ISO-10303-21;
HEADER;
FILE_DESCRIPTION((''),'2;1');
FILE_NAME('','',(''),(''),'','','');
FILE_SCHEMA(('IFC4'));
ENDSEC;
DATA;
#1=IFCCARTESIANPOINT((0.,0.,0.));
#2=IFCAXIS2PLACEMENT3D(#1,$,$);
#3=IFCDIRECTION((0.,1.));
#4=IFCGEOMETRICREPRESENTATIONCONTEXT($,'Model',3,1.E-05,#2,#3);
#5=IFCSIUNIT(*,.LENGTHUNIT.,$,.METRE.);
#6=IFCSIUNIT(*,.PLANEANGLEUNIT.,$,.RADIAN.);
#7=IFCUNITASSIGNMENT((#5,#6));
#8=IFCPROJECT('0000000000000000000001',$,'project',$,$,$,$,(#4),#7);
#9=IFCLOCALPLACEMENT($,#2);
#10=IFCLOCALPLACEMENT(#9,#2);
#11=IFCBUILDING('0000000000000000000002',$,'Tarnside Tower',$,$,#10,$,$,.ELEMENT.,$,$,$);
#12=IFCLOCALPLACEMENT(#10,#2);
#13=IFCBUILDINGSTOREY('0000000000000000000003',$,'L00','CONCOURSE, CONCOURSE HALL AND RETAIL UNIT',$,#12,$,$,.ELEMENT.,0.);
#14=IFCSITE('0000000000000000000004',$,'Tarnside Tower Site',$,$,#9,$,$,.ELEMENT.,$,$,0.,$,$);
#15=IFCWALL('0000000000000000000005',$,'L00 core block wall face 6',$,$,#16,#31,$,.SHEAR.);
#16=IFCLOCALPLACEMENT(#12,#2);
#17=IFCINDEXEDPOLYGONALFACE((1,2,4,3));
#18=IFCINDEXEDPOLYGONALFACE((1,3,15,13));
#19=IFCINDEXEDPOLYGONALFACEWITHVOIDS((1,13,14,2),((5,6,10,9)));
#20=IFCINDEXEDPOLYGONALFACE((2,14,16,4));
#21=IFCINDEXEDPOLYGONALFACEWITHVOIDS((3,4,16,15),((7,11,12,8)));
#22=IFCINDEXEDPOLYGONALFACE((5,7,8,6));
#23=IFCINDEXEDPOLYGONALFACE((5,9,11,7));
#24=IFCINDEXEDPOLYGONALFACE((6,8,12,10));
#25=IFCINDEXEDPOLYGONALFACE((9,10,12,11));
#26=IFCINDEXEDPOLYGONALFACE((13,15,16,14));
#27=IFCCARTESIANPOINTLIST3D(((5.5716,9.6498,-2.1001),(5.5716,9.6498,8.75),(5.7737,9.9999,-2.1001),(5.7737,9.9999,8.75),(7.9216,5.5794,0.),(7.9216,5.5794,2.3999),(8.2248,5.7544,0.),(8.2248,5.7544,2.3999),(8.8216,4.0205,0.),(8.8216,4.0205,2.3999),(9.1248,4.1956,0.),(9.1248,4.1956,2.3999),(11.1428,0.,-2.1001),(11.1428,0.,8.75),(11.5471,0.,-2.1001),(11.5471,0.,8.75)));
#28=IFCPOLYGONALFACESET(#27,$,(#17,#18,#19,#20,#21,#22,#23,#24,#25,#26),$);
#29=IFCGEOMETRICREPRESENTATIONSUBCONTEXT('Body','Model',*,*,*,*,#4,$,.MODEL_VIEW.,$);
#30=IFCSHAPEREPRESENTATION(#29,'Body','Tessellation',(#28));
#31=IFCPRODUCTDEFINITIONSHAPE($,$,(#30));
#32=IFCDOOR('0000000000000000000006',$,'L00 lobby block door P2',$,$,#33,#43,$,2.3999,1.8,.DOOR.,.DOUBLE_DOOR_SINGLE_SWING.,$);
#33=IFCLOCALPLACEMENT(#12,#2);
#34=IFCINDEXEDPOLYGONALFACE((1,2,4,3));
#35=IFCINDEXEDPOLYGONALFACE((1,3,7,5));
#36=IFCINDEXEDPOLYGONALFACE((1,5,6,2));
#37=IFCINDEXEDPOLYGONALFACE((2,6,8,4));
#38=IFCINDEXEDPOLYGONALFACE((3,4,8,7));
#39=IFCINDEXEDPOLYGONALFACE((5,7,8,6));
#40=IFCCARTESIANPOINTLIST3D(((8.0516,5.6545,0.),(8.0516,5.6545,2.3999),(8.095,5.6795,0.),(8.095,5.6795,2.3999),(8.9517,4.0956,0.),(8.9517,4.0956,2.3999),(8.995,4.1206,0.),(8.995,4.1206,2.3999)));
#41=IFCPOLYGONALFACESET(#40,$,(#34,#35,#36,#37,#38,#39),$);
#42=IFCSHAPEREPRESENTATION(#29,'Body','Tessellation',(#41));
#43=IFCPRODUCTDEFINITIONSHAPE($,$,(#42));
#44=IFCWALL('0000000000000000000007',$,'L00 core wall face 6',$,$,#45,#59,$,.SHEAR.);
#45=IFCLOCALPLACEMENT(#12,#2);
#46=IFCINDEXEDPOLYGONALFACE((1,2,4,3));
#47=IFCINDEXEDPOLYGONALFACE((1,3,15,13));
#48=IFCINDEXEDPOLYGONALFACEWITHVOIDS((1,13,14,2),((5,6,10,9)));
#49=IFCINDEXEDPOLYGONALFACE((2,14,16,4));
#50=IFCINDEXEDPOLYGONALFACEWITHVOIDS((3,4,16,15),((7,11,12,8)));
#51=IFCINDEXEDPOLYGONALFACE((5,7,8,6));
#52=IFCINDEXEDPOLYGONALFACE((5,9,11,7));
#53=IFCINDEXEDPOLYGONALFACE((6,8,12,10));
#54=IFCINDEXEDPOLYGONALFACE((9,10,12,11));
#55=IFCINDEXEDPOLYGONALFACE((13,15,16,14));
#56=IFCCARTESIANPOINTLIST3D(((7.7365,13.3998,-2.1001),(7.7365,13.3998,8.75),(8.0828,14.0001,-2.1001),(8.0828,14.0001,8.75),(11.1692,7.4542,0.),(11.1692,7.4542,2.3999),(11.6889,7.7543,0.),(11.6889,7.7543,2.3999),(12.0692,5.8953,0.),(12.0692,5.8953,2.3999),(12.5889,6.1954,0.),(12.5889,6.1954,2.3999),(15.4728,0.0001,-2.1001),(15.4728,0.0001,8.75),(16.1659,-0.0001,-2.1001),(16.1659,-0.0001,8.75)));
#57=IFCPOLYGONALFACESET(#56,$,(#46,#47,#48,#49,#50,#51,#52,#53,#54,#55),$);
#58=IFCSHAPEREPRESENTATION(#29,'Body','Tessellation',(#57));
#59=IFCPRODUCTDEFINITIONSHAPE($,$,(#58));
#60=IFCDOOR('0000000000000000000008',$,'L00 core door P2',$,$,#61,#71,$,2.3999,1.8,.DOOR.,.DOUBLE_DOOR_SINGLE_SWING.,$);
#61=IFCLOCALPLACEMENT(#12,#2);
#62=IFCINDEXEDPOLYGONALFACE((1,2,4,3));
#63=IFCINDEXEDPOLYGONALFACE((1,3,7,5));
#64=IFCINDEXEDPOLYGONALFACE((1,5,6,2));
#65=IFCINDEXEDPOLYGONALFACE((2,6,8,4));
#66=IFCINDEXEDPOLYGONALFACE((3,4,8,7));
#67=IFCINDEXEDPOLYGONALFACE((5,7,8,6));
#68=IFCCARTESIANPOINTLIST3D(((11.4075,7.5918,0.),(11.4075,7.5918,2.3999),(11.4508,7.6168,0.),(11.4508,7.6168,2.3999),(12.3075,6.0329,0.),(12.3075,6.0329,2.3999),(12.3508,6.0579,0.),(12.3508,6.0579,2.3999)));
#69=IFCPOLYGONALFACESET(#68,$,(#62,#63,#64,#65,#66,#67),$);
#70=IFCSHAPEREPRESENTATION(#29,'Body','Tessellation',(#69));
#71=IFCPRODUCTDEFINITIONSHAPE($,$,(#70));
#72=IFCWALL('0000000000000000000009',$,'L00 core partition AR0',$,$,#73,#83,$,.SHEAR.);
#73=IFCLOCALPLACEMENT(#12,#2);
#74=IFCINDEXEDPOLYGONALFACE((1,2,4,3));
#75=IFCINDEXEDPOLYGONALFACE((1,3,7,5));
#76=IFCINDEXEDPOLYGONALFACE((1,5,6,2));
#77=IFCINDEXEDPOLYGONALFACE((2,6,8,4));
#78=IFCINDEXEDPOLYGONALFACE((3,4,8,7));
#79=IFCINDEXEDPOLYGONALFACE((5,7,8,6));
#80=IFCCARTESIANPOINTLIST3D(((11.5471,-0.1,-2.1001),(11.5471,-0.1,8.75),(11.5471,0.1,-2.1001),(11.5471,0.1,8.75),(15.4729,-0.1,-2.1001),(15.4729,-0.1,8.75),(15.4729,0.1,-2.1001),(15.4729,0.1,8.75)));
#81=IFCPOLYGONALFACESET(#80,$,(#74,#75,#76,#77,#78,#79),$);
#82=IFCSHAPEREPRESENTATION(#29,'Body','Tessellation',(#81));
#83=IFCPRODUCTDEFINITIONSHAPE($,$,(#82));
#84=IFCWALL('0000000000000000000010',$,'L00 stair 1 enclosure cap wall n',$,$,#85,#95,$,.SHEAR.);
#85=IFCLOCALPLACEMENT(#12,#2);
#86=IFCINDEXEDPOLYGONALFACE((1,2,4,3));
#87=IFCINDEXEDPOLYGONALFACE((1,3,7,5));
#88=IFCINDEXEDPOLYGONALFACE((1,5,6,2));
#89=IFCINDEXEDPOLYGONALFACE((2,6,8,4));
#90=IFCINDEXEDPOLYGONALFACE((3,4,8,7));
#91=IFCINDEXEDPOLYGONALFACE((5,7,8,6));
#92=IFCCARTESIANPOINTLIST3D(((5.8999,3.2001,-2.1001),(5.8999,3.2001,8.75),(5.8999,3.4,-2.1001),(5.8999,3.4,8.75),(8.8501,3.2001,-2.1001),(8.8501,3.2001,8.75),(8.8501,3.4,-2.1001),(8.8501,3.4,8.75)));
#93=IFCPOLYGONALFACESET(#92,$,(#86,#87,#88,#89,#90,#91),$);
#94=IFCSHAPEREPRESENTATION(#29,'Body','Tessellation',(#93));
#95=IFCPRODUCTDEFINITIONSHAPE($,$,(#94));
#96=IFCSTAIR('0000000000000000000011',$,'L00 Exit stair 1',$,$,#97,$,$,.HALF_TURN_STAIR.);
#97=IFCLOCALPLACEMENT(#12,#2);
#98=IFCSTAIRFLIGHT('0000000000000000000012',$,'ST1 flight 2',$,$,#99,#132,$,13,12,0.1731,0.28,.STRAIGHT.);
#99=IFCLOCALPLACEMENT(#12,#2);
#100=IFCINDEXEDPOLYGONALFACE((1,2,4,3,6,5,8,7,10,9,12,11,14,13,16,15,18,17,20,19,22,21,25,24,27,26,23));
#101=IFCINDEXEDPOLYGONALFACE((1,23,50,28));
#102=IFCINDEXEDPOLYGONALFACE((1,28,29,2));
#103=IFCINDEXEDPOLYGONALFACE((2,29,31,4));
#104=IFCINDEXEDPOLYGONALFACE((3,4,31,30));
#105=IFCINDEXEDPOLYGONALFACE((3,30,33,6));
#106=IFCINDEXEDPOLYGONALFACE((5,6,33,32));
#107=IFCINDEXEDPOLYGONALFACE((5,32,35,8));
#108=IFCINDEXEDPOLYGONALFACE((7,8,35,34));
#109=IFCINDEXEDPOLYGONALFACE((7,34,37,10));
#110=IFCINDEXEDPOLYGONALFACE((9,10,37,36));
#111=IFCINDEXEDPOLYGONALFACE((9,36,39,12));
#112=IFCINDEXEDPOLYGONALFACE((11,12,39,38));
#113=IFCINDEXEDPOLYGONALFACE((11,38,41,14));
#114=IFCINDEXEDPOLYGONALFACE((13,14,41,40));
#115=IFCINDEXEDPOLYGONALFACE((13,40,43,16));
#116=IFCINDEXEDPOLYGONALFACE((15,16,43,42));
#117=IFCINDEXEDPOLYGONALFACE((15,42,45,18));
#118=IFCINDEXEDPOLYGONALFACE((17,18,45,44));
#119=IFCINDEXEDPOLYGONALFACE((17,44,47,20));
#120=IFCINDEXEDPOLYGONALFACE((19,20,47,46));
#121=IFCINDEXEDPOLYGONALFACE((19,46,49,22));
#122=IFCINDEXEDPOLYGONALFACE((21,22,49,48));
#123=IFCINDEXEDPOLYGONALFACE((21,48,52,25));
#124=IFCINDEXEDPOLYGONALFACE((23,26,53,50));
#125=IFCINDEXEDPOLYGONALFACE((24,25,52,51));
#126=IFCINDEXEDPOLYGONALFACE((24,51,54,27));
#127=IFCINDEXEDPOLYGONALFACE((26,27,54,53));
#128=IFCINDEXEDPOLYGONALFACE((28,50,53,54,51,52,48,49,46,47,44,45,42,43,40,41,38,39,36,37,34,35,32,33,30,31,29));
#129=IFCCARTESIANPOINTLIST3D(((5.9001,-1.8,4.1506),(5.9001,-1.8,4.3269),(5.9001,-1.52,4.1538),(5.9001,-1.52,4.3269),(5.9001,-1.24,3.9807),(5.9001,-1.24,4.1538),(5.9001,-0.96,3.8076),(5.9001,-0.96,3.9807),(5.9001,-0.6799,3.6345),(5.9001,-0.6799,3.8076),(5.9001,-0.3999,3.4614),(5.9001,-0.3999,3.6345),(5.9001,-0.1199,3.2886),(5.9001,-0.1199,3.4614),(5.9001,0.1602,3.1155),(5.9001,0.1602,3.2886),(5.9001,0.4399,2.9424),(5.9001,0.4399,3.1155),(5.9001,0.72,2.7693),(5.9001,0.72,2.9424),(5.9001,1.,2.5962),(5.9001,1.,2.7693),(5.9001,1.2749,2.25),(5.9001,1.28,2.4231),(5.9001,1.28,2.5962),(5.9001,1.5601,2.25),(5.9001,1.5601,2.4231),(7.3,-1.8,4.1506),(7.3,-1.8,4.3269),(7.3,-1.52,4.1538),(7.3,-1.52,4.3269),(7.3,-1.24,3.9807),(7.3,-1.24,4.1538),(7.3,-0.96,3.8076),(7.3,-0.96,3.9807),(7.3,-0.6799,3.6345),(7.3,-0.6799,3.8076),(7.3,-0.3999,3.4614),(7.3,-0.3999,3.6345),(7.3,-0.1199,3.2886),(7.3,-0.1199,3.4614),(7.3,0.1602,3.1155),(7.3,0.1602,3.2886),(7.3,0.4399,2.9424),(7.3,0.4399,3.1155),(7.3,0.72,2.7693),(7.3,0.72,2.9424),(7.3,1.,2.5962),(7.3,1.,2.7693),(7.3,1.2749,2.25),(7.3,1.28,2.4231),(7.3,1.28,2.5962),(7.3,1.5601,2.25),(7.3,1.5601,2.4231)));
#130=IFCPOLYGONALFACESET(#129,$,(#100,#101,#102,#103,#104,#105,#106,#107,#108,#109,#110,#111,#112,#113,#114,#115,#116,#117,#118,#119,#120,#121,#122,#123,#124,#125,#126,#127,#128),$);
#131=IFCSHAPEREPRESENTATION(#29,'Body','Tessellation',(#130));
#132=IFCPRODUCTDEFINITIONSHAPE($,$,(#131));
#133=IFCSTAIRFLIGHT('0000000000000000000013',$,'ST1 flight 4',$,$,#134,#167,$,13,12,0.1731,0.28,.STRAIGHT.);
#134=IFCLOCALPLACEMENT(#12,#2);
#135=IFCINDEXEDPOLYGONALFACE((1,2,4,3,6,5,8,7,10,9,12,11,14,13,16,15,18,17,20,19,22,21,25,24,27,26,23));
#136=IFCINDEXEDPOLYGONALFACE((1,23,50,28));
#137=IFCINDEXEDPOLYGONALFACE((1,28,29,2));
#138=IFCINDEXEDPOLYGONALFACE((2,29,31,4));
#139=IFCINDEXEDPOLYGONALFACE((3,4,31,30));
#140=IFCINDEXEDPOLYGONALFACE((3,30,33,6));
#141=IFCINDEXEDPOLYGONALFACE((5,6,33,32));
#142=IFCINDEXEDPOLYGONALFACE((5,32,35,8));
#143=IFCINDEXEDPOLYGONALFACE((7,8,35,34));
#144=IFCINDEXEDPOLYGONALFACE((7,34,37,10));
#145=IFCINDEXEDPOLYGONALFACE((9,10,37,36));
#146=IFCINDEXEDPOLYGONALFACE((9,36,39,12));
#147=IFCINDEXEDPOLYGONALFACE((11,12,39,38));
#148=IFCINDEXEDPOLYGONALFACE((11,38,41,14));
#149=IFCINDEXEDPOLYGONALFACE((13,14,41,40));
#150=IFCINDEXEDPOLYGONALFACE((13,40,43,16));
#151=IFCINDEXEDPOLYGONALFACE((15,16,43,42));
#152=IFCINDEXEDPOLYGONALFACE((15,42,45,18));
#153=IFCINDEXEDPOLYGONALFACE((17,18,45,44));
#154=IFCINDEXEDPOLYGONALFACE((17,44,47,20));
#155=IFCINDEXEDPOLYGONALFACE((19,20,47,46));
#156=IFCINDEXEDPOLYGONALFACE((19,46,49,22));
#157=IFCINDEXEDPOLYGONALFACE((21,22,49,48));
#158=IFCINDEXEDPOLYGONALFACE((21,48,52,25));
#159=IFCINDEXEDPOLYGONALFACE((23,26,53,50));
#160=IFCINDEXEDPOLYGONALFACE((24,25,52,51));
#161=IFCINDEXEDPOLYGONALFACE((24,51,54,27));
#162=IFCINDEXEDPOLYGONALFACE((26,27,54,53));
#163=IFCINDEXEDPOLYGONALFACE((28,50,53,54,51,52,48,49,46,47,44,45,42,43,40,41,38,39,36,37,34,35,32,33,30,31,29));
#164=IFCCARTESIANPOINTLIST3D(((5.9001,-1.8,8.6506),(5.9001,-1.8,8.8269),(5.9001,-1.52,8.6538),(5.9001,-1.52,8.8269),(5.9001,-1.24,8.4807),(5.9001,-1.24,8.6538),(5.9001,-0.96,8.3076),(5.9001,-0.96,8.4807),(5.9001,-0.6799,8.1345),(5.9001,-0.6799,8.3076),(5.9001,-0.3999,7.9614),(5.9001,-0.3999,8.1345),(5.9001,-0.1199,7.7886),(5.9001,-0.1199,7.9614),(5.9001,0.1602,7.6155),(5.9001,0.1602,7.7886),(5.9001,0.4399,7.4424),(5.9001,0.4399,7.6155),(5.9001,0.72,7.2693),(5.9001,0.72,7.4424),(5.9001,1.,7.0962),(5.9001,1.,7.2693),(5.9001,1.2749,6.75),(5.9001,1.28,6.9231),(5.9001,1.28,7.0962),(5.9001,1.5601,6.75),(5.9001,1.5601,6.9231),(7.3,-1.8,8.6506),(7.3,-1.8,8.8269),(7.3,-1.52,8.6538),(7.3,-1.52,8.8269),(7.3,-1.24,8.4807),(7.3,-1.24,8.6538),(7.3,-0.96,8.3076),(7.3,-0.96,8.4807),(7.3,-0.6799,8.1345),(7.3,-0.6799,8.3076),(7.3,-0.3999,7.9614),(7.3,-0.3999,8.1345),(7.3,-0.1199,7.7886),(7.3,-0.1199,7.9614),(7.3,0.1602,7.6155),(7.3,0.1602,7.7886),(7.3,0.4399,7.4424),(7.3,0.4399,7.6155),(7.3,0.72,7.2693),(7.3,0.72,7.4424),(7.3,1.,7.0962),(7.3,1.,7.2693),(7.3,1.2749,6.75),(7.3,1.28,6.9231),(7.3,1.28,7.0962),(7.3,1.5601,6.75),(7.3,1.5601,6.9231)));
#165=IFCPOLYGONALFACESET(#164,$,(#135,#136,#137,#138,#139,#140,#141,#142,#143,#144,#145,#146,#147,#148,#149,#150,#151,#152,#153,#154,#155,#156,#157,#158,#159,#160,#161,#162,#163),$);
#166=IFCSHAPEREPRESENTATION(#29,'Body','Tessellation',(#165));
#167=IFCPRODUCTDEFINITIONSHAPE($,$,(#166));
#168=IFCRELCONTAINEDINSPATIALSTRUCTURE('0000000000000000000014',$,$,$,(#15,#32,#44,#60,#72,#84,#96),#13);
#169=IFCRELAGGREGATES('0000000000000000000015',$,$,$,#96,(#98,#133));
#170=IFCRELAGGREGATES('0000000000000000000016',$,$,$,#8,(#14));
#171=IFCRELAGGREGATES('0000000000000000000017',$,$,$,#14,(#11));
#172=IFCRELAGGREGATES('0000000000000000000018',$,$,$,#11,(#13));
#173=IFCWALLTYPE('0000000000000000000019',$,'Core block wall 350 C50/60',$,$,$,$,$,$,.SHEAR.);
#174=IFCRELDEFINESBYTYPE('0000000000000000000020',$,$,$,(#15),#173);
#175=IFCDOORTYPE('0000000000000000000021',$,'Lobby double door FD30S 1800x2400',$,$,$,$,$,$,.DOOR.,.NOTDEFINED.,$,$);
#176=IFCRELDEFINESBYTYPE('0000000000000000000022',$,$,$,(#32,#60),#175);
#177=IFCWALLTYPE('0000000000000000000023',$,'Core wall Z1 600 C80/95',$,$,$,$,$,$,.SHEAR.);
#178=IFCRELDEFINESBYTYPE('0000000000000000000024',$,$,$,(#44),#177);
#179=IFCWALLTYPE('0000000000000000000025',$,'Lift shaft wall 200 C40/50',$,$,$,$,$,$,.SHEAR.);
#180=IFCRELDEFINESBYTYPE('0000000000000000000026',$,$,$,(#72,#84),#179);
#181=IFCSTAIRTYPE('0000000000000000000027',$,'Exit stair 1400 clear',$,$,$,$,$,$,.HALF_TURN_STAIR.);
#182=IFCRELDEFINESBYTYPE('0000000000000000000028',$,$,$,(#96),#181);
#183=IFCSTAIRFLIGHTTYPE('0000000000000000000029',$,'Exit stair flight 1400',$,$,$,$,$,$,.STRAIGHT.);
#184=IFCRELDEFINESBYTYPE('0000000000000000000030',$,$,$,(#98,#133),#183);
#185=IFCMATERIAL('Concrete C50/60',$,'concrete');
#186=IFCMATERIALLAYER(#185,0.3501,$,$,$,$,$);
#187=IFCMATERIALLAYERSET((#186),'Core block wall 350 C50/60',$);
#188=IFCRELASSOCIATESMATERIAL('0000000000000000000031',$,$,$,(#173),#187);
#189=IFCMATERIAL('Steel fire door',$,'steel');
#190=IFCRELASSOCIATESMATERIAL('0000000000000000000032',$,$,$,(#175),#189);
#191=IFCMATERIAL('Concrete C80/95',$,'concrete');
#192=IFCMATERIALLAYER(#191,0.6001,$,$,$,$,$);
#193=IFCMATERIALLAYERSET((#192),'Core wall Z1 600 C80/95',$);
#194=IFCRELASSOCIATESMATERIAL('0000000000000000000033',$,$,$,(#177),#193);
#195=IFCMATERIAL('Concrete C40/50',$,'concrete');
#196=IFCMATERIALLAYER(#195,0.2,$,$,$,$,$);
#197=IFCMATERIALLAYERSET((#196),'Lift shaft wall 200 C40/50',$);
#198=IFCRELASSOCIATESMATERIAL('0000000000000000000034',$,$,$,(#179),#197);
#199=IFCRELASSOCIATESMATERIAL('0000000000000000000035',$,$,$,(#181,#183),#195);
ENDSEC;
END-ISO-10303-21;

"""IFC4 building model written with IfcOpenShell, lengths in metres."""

from ifc_helpers import new_model, si_unit, direction, frame, frame_2d, origin, place, context, subcontext, project, spatial, polyline, rectangle, outline, extrude, material, layer, layer_set, type_object, element, fill, aggregate, save


model = new_model("IFC4")

# Units and contexts
model_context = context("Model", 3, precision=1e-05, world=origin(), true_north=direction((0.0, 1.0)))
body_context = subcontext(model_context, "Body", "Model", "MODEL_VIEW")
ifc_project = project(units=[si_unit("LENGTHUNIT", "METRE"), si_unit("PLANEANGLEUNIT", "RADIAN")], contexts=[model_context])

# Site, building, storey
site_placement = place(None, origin())
site = spatial("IfcSite", under=ifc_project, at=site_placement, Name="Tarnside Tower Site", CompositionType="ELEMENT", RefElevation=0.0)
building_placement = place(site_placement, origin())
building = spatial("IfcBuilding", under=site, at=building_placement, Name="Tarnside Tower", CompositionType="ELEMENT")
storey_placement = place(building_placement, origin())
storey = spatial("IfcBuildingStorey", under=building, at=storey_placement, Name="L00", Description="CONCOURSE, CONCOURSE HALL AND RETAIL UNIT", CompositionType="ELEMENT", Elevation=0.0)

# Walls, openings, doors
ifc_material_1 = material(Name="Concrete C50/60", Category="concrete")
ifc_layer_1 = layer(ifc_material_1, 0.3501)
ifc_layer_set_1 = layer_set([ifc_layer_1], Name="Core block wall 350 C50/60")
wall_type_1 = type_object("IfcWallType", Name="Core block wall 350 C50/60", PredefinedType="SHEAR", material=ifc_layer_set_1)
wall_1_placement = place(storey_placement, frame((11.345, 0.0, -2.1001), z_axis=(0.0, 0.0, 1.0), x_axis=(-0.499995, 0.866028, 0.0)))
wall_1 = element("IfcWall", 1, at=wall_1_placement, inside=storey, type_object=wall_type_1, Name="L00 core block wall face 6", PredefinedType="SHEAR", context=body_context, shape_type="SweptSolid", body=[
    extrude(outline(polyline([(-0.1011, -0.175), (11.4458, -0.175), (11.2437, 0.175), (0.1011, 0.175), (-0.1011, -0.175)])), origin(), (0.0, 0.0, 1.0), 10.8501),
])
opening_1_placement = place(wall_1_placement, frame((4.7437, 0.0, 2.1001)))
opening_1 = element("IfcOpeningElement", 2, at=opening_1_placement, cuts=wall_1, PredefinedType="OPENING", context=body_context, shape_type="SweptSolid", body=[
    extrude(rectangle(XDim=1.8, YDim=2.3999, at=frame_2d((0.8999, 1.2))), frame((0.0, 0.1851, 0.0), z_axis=(0.0, -1.0, 0.0), x_axis=(1.0, 0.0, 0.0)), (0.0, 0.0, 1.0), 0.3701),
])
ifc_material_2 = material(Name="Steel fire door", Category="steel")
door_type = type_object("IfcDoorType", Name="Lobby double door FD30S 1800x2400", OperationType="NOTDEFINED", PredefinedType="DOOR", material=ifc_material_2)
door_1_placement = place(opening_1_placement, origin())
door_1 = element("IfcDoor", 3, at=door_1_placement, inside=storey, type_object=door_type, Name="L00 lobby block door P2", OperationType="DOUBLE_DOOR_SINGLE_SWING", OverallHeight=2.3999, OverallWidth=1.8, PredefinedType="DOOR", context=body_context, shape_type="SweptSolid", body=[
    extrude(rectangle(XDim=1.8, YDim=2.3999, at=frame_2d((0.8999, 1.2))), frame((0.0, 0.0249, 0.0), z_axis=(0.0, -1.0, 0.0), x_axis=(1.0, 0.0, 0.0)), (0.0, 0.0, 1.0), 0.05),
])
fill(opening_1, door_1)
ifc_material_3 = material(Name="Concrete C80/95", Category="concrete")
ifc_layer_2 = layer(ifc_material_3, 0.6001)
ifc_layer_set_2 = layer_set([ifc_layer_2], Name="Core wall Z1 600 C80/95")
wall_type_2 = type_object("IfcWallType", Name="Core wall Z1 600 C80/95", PredefinedType="SHEAR", material=ifc_layer_set_2)
wall_2_placement = place(storey_placement, frame((15.8193, 0.0, -2.1001), z_axis=(0.0, 0.0, 1.0), x_axis=(-0.5, 0.866025, 0.0)))
wall_2 = element("IfcWall", 4, at=wall_2_placement, inside=storey, type_object=wall_type_2, Name="L00 core wall face 6", PredefinedType="SHEAR", context=body_context, shape_type="SweptSolid", body=[
    extrude(outline(polyline([(-0.1733, -0.3), (15.9927, -0.3), (15.646, 0.3), (0.1733, 0.3), (-0.1733, -0.3)])), origin(), (0.0, 0.0, 1.0), 10.8501),
])
opening_2_placement = place(wall_2_placement, frame((6.9807, 0.0, 2.1001)))
opening_2 = element("IfcOpeningElement", 5, at=opening_2_placement, cuts=wall_2, PredefinedType="OPENING", context=body_context, shape_type="SweptSolid", body=[
    extrude(rectangle(XDim=1.8, YDim=2.3999, at=frame_2d((0.8999, 1.2))), frame((0.0, 0.3101, 0.0), z_axis=(0.0, -1.0, 0.0), x_axis=(1.0, 0.0, 0.0)), (0.0, 0.0, 1.0), 0.6201),
])
door_2_placement = place(opening_2_placement, origin())
door_2 = element("IfcDoor", 6, at=door_2_placement, inside=storey, type_object=door_type, Name="L00 core door P2", OperationType="DOUBLE_DOOR_SINGLE_SWING", OverallHeight=2.3999, OverallWidth=1.8, PredefinedType="DOOR", context=body_context, shape_type="SweptSolid", body=[
    extrude(rectangle(XDim=1.8, YDim=2.3999, at=frame_2d((0.8999, 1.2))), frame((0.0, 0.0249, 0.0), z_axis=(0.0, -1.0, 0.0), x_axis=(1.0, 0.0, 0.0)), (0.0, 0.0, 1.0), 0.05),
])
fill(opening_2, door_2)

# Walls
ifc_material_4 = material(Name="Concrete C40/50", Category="concrete")
ifc_layer_3 = layer(ifc_material_4, 0.2)
ifc_layer_set_3 = layer_set([ifc_layer_3], Name="Lift shaft wall 200 C40/50")
wall_type_3 = type_object("IfcWallType", Name="Lift shaft wall 200 C40/50", PredefinedType="SHEAR", material=ifc_layer_set_3)
wall_3_placement = place(storey_placement, frame((11.5471, 0.0, -2.1001), z_axis=(0.0, 0.0, 1.0), x_axis=(1.0, 0.0, 0.0)))
element("IfcWall", 7, at=wall_3_placement, inside=storey, type_object=wall_type_3, Name="L00 core partition AR0", PredefinedType="SHEAR", context=body_context, shape_type="SweptSolid", body=[
    extrude(rectangle(XDim=3.9258, YDim=0.2, at=frame_2d((1.9629, 0.0))), origin(), (0.0, 0.0, 1.0), 10.8501),
])
wall_4_placement = place(storey_placement, frame((5.8999, 3.3, -2.1001), z_axis=(0.0, 0.0, 1.0), x_axis=(1.0, 0.0, 0.0)))
element("IfcWall", 8, at=wall_4_placement, inside=storey, type_object=wall_type_3, Name="L00 stair 1 enclosure cap wall n", PredefinedType="SHEAR", context=body_context, shape_type="SweptSolid", body=[
    extrude(rectangle(XDim=2.9502, YDim=0.2, at=frame_2d((1.4751, 0.0))), origin(), (0.0, 0.0, 1.0), 10.8501),
])

# Stair, stair flights
stair_type = type_object("IfcStairType", Name="Exit stair 1400 clear", PredefinedType="HALF_TURN_STAIR", material=ifc_material_4)
stair_placement = place(storey_placement, origin())
stair = element("IfcStair", 9, at=stair_placement, inside=storey, type_object=stair_type, Name="L00 Exit stair 1", PredefinedType="HALF_TURN_STAIR")
stair_flight_type = type_object("IfcStairFlightType", Name="Exit stair flight 1400", PredefinedType="STRAIGHT", material=ifc_material_4)
stair_flight_1_placement = place(storey_placement, frame((6.6001, 1.5601, 2.25), z_axis=(0.0, 0.0, 1.0), x_axis=(0.0, -1.0, 0.0)))
stair_flight_1 = element("IfcStairFlight", 10, at=stair_flight_1_placement, type_object=stair_flight_type, Name="ST1 flight 2", NumberOfRisers=13, NumberOfTreads=12, PredefinedType="STRAIGHT", RiserHeight=0.1731, TreadLength=0.28, context=body_context, shape_type="SweptSolid", body=[
    extrude(outline(polyline([(0.0, 0.0), (0.0, 0.1731), (0.28, 0.1731), (0.28, 0.3462), (0.5601, 0.3462), (0.5601, 0.5193), (0.8401, 0.5193), (0.8401, 0.6924), (1.1201, 0.6924), (1.1201, 0.8655), (1.3999, 0.8655), (1.3999, 1.0386), (1.6799, 1.0386), (1.6799, 1.2114), (1.96, 1.2114), (1.96, 1.3845), (2.24, 1.3845), (2.24, 1.5576), (2.52, 1.5576), (2.52, 1.7307), (2.8, 1.7307), (2.8, 1.9038), (3.0801, 1.9038), (3.0801, 2.0769), (3.3601, 2.0769), (3.3601, 2.25), (3.3601, 1.9006), (0.2852, 0.0), (0.0, 0.0)])), frame((0.0, 0.7, 0.0), z_axis=(0.0, -1.0, 0.0), x_axis=(1.0, 0.0, 0.0)), (0.0, 0.0, 1.0), 1.3999),
])
stair_flight_2_placement = place(storey_placement, frame((6.6001, 1.5601, 6.75), z_axis=(0.0, 0.0, 1.0), x_axis=(0.0, -1.0, 0.0)))
stair_flight_2 = element("IfcStairFlight", 11, at=stair_flight_2_placement, type_object=stair_flight_type, Name="ST1 flight 4", NumberOfRisers=13, NumberOfTreads=12, PredefinedType="STRAIGHT", RiserHeight=0.1731, TreadLength=0.28, context=body_context, shape_type="SweptSolid", body=[
    extrude(outline(polyline([(0.0, 0.0), (0.0, 0.1731), (0.28, 0.1731), (0.28, 0.3462), (0.5601, 0.3462), (0.5601, 0.5193), (0.8401, 0.5193), (0.8401, 0.6924), (1.1201, 0.6924), (1.1201, 0.8655), (1.3999, 0.8655), (1.3999, 1.0386), (1.6799, 1.0386), (1.6799, 1.2114), (1.96, 1.2114), (1.96, 1.3845), (2.24, 1.3845), (2.24, 1.5576), (2.52, 1.5576), (2.52, 1.7307), (2.8, 1.7307), (2.8, 1.9038), (3.0801, 1.9038), (3.0801, 2.0769), (3.3601, 2.0769), (3.3601, 2.25), (3.3601, 1.9006), (0.2852, 0.0), (0.0, 0.0)])), frame((0.0, 0.7, 0.0), z_axis=(0.0, -1.0, 0.0), x_axis=(1.0, 0.0, 0.0)), (0.0, 0.0, 1.0), 1.3999),
])
aggregate(stair, [stair_flight_1, stair_flight_2])

save(model, "model.ifc")
